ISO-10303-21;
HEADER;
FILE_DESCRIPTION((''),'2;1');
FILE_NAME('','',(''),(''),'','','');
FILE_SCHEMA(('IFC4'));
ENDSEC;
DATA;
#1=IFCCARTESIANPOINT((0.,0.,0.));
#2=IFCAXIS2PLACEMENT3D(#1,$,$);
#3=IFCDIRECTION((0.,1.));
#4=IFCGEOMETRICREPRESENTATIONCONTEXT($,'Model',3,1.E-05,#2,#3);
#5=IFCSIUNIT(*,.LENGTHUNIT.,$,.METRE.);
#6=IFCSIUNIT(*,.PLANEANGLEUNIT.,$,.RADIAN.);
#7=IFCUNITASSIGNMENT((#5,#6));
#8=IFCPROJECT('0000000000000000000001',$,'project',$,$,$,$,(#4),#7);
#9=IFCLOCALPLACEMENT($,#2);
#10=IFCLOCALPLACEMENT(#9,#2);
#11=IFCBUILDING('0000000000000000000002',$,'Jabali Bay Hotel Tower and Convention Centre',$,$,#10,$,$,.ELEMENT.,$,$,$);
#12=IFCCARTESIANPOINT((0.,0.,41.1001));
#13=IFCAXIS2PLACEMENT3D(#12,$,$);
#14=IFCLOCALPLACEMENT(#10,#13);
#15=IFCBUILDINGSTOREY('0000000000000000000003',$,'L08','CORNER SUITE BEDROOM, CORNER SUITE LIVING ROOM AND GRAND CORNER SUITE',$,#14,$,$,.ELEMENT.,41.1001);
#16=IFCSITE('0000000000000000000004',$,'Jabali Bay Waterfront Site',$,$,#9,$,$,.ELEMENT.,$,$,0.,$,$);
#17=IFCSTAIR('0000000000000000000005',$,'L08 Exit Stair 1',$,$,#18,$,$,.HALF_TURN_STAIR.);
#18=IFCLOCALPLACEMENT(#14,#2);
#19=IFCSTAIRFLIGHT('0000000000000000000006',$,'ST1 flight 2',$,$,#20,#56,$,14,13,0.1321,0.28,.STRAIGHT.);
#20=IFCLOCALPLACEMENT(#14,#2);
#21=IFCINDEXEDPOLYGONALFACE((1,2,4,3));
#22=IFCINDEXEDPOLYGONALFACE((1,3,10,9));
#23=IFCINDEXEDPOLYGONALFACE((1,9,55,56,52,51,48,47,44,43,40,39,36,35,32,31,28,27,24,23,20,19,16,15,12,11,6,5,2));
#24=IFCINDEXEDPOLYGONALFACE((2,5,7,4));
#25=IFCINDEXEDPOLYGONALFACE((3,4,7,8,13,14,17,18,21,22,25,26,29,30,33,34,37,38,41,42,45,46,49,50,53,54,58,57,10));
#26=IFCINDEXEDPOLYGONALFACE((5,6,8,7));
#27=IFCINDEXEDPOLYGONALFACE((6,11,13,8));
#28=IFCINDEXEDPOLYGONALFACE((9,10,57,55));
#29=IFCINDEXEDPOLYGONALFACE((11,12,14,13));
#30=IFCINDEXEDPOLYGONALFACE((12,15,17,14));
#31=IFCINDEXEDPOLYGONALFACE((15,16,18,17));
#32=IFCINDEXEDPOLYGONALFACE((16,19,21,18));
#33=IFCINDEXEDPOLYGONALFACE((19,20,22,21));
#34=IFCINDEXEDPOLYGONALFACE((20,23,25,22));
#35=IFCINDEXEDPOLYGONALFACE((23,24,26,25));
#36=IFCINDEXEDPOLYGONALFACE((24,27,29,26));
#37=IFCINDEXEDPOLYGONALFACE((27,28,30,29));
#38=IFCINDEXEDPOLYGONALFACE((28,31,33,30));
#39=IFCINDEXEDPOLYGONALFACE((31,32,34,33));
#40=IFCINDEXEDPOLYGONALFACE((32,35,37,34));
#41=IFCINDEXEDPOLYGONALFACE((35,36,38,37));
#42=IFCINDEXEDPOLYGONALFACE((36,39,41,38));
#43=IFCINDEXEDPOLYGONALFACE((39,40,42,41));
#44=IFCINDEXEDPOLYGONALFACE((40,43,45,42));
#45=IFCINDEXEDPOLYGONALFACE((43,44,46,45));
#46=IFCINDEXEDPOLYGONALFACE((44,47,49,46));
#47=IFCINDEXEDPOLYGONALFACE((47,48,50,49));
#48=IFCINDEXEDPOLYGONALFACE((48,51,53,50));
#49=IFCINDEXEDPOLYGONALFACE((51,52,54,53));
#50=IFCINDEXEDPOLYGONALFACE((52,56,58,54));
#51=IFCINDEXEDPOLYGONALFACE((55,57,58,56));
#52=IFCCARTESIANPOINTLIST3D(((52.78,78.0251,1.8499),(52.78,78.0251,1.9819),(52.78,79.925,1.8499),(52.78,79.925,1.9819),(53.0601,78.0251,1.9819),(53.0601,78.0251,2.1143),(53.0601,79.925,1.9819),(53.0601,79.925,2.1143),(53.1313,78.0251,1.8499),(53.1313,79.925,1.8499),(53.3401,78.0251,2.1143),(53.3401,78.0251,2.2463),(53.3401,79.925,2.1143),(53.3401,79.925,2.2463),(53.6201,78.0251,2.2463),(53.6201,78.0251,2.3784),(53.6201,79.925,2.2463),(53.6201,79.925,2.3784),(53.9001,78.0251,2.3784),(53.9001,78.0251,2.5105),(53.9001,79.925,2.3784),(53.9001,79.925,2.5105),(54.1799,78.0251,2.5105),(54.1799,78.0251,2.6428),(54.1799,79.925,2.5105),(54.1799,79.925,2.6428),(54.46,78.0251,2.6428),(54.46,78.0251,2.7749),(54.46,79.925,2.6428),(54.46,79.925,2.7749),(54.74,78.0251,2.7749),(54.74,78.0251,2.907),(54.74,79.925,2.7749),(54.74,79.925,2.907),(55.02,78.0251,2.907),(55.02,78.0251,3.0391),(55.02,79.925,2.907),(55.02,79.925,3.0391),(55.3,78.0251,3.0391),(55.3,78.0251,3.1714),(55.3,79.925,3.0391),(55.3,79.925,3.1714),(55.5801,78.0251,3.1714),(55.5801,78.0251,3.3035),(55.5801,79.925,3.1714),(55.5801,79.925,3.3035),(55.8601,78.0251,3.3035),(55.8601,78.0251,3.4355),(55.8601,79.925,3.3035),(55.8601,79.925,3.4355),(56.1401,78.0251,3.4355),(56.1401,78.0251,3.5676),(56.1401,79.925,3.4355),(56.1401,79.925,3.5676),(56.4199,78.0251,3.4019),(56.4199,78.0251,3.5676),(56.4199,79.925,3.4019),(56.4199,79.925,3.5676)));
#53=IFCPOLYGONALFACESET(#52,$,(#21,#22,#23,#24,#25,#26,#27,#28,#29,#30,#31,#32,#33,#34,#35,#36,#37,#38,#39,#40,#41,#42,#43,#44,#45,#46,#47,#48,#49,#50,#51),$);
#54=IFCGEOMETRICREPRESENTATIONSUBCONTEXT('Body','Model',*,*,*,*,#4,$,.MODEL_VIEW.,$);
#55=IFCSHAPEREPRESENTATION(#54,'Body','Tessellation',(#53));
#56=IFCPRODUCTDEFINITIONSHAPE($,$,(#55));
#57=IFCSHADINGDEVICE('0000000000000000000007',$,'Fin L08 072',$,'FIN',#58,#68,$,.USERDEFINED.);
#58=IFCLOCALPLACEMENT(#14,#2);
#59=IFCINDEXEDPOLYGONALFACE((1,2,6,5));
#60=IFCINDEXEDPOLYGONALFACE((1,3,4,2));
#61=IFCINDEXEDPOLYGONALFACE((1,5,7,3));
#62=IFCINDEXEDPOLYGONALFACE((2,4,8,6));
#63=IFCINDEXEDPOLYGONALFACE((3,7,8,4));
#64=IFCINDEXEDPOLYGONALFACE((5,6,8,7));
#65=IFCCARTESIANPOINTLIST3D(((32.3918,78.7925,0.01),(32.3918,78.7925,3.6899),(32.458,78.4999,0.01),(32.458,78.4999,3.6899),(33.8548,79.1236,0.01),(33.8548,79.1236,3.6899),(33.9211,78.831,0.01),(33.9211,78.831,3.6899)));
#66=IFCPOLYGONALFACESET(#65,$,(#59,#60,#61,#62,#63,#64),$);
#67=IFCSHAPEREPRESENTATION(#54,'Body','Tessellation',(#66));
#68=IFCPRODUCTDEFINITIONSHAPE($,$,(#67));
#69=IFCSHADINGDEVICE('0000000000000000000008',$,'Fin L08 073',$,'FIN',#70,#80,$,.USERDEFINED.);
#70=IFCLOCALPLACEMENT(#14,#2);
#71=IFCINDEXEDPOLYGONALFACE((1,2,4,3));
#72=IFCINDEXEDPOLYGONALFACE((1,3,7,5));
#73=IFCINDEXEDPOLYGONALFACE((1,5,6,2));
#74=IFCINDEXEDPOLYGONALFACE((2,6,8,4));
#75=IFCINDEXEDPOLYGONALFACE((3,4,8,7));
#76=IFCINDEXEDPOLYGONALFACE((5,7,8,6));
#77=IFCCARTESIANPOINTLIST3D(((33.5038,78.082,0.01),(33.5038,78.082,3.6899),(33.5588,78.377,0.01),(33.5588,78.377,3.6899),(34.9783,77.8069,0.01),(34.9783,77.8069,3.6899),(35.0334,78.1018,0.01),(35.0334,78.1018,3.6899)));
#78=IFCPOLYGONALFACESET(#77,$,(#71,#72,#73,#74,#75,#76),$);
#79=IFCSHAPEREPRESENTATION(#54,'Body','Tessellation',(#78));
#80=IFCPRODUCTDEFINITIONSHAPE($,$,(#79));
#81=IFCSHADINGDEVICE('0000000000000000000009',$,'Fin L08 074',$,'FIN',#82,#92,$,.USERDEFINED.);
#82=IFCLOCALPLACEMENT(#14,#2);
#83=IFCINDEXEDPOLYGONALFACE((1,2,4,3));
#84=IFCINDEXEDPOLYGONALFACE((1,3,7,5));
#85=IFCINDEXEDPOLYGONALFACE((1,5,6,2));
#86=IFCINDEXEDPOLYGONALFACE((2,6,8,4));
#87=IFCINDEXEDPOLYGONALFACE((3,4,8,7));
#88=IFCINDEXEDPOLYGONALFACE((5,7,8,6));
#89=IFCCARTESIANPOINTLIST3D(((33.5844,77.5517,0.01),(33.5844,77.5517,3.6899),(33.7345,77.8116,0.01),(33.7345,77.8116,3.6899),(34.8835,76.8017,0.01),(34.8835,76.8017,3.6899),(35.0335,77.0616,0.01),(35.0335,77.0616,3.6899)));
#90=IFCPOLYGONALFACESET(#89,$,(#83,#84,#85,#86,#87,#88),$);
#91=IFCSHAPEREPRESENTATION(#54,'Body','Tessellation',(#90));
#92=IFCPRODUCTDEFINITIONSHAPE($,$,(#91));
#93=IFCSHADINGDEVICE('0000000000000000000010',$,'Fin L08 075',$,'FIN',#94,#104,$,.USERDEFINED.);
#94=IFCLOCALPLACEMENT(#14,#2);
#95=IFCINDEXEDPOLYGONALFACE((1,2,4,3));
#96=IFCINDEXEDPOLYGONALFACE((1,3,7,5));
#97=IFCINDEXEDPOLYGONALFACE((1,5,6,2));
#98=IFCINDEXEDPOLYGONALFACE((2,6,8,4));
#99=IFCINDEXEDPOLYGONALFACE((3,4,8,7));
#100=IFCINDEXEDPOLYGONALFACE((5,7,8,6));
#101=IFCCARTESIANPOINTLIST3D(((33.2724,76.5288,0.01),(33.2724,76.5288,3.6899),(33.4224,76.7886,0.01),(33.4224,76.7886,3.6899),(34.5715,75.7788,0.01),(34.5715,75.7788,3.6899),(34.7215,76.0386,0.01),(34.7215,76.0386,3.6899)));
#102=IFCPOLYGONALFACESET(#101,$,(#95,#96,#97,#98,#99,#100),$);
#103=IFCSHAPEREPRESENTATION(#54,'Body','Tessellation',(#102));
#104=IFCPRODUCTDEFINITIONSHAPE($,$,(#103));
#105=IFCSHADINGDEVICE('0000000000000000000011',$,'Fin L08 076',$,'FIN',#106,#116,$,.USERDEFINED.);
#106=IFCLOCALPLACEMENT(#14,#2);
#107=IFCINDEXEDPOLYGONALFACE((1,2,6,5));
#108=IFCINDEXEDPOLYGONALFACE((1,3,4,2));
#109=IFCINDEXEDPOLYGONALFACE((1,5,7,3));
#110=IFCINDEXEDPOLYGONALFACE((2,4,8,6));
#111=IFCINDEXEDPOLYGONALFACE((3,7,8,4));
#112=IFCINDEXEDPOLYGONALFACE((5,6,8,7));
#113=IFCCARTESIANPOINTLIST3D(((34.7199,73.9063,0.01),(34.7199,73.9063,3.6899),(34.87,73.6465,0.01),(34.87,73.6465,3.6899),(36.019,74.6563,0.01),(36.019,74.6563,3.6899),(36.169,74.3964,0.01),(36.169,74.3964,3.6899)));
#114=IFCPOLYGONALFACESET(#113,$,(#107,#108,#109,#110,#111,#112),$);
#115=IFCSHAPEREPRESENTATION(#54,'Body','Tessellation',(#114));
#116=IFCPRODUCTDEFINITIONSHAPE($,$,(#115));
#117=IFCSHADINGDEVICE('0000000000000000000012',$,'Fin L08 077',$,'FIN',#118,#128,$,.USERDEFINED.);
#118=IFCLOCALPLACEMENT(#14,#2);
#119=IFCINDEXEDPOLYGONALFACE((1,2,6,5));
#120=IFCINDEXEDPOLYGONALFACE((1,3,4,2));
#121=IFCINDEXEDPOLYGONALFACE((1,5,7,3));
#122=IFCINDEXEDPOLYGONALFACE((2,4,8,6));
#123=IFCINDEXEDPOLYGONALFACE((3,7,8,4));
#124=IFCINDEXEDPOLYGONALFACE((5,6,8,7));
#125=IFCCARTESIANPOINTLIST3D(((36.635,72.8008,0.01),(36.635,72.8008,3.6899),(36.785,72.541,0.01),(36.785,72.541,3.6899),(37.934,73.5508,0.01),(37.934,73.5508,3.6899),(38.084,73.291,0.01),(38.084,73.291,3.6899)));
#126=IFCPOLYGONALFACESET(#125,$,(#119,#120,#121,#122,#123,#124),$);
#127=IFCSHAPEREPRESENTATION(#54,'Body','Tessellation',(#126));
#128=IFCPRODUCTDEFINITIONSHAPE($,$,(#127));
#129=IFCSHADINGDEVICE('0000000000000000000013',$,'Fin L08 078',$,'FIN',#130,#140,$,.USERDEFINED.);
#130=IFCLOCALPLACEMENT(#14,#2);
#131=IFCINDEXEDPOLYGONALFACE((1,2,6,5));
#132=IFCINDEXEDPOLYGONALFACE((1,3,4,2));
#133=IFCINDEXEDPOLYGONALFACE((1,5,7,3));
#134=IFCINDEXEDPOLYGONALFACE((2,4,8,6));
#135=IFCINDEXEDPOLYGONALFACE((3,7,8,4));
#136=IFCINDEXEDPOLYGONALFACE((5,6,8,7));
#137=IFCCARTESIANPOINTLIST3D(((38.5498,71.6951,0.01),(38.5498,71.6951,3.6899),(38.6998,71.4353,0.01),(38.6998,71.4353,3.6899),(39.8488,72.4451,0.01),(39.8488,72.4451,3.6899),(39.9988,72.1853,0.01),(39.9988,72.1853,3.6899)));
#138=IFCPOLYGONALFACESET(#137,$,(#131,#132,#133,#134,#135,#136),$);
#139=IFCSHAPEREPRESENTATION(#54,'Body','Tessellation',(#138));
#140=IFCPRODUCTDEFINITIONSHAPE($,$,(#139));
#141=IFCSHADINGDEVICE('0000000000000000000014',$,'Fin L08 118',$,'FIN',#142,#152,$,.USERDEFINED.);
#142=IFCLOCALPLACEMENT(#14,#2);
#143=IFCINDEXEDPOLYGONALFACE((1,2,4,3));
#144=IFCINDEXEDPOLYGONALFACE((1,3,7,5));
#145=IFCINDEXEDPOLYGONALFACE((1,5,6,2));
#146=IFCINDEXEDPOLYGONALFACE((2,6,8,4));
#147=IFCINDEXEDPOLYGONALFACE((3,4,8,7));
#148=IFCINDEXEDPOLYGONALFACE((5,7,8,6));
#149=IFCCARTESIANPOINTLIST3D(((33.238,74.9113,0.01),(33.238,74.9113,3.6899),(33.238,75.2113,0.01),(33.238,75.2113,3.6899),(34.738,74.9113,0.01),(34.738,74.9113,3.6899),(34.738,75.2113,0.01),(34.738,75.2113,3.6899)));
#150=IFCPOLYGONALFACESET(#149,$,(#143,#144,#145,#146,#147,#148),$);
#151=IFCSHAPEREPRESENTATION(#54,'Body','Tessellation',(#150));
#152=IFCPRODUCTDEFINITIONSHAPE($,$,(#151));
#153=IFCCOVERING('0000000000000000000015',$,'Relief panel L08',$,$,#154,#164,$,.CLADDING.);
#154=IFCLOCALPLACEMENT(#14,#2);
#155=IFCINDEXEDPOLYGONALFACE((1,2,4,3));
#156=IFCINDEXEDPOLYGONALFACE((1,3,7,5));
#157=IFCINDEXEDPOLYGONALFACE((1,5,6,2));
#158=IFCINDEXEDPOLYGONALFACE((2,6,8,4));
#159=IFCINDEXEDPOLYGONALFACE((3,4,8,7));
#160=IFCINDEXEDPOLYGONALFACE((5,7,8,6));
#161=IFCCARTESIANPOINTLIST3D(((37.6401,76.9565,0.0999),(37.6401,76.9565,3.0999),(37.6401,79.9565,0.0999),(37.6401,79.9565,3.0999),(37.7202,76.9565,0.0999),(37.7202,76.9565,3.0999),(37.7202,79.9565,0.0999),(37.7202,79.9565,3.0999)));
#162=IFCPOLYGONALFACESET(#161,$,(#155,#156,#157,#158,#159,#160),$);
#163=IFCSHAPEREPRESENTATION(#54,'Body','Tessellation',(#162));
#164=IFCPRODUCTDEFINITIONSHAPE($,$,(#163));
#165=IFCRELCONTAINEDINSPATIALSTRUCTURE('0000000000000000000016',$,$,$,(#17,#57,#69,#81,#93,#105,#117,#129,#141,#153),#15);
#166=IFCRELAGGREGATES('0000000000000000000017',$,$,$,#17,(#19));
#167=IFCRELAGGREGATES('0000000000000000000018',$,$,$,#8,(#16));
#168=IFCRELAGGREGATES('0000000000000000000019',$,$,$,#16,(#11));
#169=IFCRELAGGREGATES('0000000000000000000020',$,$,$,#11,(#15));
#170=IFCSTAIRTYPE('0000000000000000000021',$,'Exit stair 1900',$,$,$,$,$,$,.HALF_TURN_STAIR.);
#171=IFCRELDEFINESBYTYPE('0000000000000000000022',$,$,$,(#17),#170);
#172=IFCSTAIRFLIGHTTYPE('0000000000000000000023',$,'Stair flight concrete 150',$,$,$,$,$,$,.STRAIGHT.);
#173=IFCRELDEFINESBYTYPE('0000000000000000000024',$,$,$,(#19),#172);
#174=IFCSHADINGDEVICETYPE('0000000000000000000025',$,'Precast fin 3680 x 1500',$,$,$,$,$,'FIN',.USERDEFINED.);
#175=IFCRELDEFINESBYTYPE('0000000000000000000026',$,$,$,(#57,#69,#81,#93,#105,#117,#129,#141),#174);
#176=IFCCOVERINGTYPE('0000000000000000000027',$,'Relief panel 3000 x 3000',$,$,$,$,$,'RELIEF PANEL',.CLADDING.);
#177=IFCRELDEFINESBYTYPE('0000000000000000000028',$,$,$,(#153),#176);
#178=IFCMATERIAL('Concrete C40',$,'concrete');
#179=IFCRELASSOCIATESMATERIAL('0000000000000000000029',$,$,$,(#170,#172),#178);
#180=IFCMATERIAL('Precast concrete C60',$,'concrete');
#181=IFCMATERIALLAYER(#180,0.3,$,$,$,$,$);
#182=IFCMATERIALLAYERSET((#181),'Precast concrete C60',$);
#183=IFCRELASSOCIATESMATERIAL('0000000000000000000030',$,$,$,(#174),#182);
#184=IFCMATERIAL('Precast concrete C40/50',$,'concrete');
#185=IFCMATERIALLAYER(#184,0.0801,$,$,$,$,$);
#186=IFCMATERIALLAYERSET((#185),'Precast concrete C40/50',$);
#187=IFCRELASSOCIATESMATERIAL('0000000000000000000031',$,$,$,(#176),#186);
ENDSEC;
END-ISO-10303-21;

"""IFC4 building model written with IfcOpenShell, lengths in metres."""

from ifc_helpers import new_model, si_unit, direction, frame, frame_2d, origin, origin_2d, place, context, subcontext, project, spatial, polyline, rectangle, outline, extrude, material, layer, layer_set, type_object, element, aggregate, save


model = new_model("IFC4")

# Units and contexts
model_context = context("Model", 3, precision=1e-05, world=origin(), true_north=direction((0.0, 1.0)))
body_context = subcontext(model_context, "Body", "Model", "MODEL_VIEW")
ifc_project = project(units=[si_unit("LENGTHUNIT", "METRE"), si_unit("PLANEANGLEUNIT", "RADIAN")], contexts=[model_context])

# Site, building, storey
site_placement = place(None, origin())
site = spatial("IfcSite", under=ifc_project, at=site_placement, Name="Jabali Bay Waterfront Site", CompositionType="ELEMENT", RefElevation=0.0)
building_placement = place(site_placement, origin())
building = spatial("IfcBuilding", under=site, at=building_placement, Name="Jabali Bay Hotel Tower and Convention Centre", CompositionType="ELEMENT")
storey_placement = place(building_placement, frame((0.0, 0.0, 41.1001)))
storey = spatial("IfcBuildingStorey", under=building, at=storey_placement, Name="L08", Description="CORNER SUITE BEDROOM, CORNER SUITE LIVING ROOM AND GRAND CORNER SUITE", CompositionType="ELEMENT", Elevation=41.1001)

# Shared definitions
ifc_material_1 = material(Name="Concrete C40", Category="concrete")

# Stair, stair flight
stair_type = type_object("IfcStairType", Name="Exit stair 1900", PredefinedType="HALF_TURN_STAIR", material=ifc_material_1)
stair_placement = place(storey_placement, origin())
stair = element("IfcStair", 1, at=stair_placement, inside=storey, type_object=stair_type, Name="L08 Exit Stair 1", PredefinedType="HALF_TURN_STAIR")
stair_flight_type = type_object("IfcStairFlightType", Name="Stair flight concrete 150", PredefinedType="STRAIGHT", material=ifc_material_1)
stair_flight_placement = place(storey_placement, frame((52.78, 78.9751, 1.8499), z_axis=(0.0, 0.0, 1.0), x_axis=(1.0, 0.0, 0.0)))
stair_flight = element("IfcStairFlight", 2, at=stair_flight_placement, type_object=stair_flight_type, Name="ST1 flight 2", NumberOfRisers=14, NumberOfTreads=13, PredefinedType="STRAIGHT", RiserHeight=0.1321, TreadLength=0.28, context=body_context, shape_type="SweptSolid", body=[
    extrude(outline(polyline([(0.0, 0.0), (0.0, 0.1321), (0.28, 0.1321), (0.28, 0.2644), (0.5601, 0.2644), (0.5601, 0.3965), (0.8401, 0.3965), (0.8401, 0.5286), (1.1201, 0.5286), (1.1201, 0.6606), (1.3999, 0.6606), (1.3999, 0.793), (1.6799, 0.793), (1.6799, 0.925), (1.96, 0.925), (1.96, 1.0571), (2.24, 1.0571), (2.24, 1.1892), (2.52, 1.1892), (2.52, 1.3215), (2.8, 1.3215), (2.8, 1.4536), (3.0801, 1.4536), (3.0801, 1.5857), (3.3601, 1.5857), (3.3601, 1.7178), (3.6399, 1.7178), (3.6399, 1.8501), (3.6399, 1.552), (0.3513, 0.0), (0.0, 0.0)])), frame((0.0, 0.95, 0.0), z_axis=(0.0, -1.0, 0.0), x_axis=(1.0, 0.0, 0.0)), (0.0, 0.0, 1.0), 1.8999),
])
aggregate(stair, [stair_flight])

# Shading devices
ifc_material_2 = material(Name="Precast concrete C60", Category="concrete")
ifc_layer_1 = layer(ifc_material_2, 0.3)
ifc_layer_set_1 = layer_set([ifc_layer_1], Name="Precast concrete C60")
shading_device_type = type_object("IfcShadingDeviceType", Name="Precast fin 3680 x 1500", ElementType="FIN", PredefinedType="USERDEFINED", material=ifc_layer_set_1)
for number, where, z_axis, x_axis, name in (
    (3, (33.8879, 78.9773, 0.01), (0.0, 0.0, 1.0), (-0.975337, -0.22072, 0.0), "Fin L08 072"),
    (4, (35.0059, 77.9543, 0.01), (0.0, 0.0, 1.0), (-0.983034, 0.183424, 0.0), "Fin L08 073"),
    (5, (34.9585, 76.9316, 0.01), (0.0, 0.0, 1.0), (-0.866031, 0.49999, 0.0), "Fin L08 074"),
    (6, (34.6465, 75.9087, 0.01), (0.0, 0.0, 1.0), (-0.866031, 0.49999, 0.0), "Fin L08 075"),
    (7, (36.094, 74.5264, 0.01), (0.0, 0.0, 1.0), (-0.866031, -0.49999, 0.0), "Fin L08 076"),
    (8, (38.009, 73.4209, 0.01), (0.0, 0.0, 1.0), (-0.866031, -0.49999, 0.0), "Fin L08 077"),
    (9, (39.9238, 72.3152, 0.01), (0.0, 0.0, 1.0), (-0.866031, -0.49999, 0.0), "Fin L08 078"),
    (10, (34.738, 75.0613, 0.01), (0.0, 0.0, 1.0), (-1.0, 0.0, 0.0), "Fin L08 118"),
):
    element("IfcShadingDevice", number, at=place(storey_placement, frame(where, z_axis=z_axis, x_axis=x_axis)), inside=storey, type_object=shading_device_type, Name=name, ObjectType="FIN", PredefinedType="USERDEFINED", context=body_context, shape_type="SweptSolid", body=[
        extrude(rectangle(XDim=1.5, YDim=0.3, at=frame_2d((0.75, 0.0))), origin(), (0.0, 0.0, 1.0), 3.6799),
    ])

# Covering
ifc_material_3 = material(Name="Precast concrete C40/50", Category="concrete")
ifc_layer_2 = layer(ifc_material_3, 0.0801)
ifc_layer_set_2 = layer_set([ifc_layer_2], Name="Precast concrete C40/50")
covering_type = type_object("IfcCoveringType", Name="Relief panel 3000 x 3000", ElementType="RELIEF PANEL", PredefinedType="CLADDING", material=ifc_layer_set_2)
covering_placement = place(storey_placement, frame((37.6802, 78.4565, 0.0999), z_axis=(0.0, 0.0, 1.0), x_axis=(0.0, 1.0, 0.0)))
element("IfcCovering", 11, at=covering_placement, inside=storey, type_object=covering_type, Name="Relief panel L08", PredefinedType="CLADDING", context=body_context, shape_type="SweptSolid", body=[
    extrude(rectangle(XDim=3.0, YDim=0.0801, at=origin_2d()), origin(), (0.0, 0.0, 1.0), 3.0),
])

save(model, "model.ifc")
